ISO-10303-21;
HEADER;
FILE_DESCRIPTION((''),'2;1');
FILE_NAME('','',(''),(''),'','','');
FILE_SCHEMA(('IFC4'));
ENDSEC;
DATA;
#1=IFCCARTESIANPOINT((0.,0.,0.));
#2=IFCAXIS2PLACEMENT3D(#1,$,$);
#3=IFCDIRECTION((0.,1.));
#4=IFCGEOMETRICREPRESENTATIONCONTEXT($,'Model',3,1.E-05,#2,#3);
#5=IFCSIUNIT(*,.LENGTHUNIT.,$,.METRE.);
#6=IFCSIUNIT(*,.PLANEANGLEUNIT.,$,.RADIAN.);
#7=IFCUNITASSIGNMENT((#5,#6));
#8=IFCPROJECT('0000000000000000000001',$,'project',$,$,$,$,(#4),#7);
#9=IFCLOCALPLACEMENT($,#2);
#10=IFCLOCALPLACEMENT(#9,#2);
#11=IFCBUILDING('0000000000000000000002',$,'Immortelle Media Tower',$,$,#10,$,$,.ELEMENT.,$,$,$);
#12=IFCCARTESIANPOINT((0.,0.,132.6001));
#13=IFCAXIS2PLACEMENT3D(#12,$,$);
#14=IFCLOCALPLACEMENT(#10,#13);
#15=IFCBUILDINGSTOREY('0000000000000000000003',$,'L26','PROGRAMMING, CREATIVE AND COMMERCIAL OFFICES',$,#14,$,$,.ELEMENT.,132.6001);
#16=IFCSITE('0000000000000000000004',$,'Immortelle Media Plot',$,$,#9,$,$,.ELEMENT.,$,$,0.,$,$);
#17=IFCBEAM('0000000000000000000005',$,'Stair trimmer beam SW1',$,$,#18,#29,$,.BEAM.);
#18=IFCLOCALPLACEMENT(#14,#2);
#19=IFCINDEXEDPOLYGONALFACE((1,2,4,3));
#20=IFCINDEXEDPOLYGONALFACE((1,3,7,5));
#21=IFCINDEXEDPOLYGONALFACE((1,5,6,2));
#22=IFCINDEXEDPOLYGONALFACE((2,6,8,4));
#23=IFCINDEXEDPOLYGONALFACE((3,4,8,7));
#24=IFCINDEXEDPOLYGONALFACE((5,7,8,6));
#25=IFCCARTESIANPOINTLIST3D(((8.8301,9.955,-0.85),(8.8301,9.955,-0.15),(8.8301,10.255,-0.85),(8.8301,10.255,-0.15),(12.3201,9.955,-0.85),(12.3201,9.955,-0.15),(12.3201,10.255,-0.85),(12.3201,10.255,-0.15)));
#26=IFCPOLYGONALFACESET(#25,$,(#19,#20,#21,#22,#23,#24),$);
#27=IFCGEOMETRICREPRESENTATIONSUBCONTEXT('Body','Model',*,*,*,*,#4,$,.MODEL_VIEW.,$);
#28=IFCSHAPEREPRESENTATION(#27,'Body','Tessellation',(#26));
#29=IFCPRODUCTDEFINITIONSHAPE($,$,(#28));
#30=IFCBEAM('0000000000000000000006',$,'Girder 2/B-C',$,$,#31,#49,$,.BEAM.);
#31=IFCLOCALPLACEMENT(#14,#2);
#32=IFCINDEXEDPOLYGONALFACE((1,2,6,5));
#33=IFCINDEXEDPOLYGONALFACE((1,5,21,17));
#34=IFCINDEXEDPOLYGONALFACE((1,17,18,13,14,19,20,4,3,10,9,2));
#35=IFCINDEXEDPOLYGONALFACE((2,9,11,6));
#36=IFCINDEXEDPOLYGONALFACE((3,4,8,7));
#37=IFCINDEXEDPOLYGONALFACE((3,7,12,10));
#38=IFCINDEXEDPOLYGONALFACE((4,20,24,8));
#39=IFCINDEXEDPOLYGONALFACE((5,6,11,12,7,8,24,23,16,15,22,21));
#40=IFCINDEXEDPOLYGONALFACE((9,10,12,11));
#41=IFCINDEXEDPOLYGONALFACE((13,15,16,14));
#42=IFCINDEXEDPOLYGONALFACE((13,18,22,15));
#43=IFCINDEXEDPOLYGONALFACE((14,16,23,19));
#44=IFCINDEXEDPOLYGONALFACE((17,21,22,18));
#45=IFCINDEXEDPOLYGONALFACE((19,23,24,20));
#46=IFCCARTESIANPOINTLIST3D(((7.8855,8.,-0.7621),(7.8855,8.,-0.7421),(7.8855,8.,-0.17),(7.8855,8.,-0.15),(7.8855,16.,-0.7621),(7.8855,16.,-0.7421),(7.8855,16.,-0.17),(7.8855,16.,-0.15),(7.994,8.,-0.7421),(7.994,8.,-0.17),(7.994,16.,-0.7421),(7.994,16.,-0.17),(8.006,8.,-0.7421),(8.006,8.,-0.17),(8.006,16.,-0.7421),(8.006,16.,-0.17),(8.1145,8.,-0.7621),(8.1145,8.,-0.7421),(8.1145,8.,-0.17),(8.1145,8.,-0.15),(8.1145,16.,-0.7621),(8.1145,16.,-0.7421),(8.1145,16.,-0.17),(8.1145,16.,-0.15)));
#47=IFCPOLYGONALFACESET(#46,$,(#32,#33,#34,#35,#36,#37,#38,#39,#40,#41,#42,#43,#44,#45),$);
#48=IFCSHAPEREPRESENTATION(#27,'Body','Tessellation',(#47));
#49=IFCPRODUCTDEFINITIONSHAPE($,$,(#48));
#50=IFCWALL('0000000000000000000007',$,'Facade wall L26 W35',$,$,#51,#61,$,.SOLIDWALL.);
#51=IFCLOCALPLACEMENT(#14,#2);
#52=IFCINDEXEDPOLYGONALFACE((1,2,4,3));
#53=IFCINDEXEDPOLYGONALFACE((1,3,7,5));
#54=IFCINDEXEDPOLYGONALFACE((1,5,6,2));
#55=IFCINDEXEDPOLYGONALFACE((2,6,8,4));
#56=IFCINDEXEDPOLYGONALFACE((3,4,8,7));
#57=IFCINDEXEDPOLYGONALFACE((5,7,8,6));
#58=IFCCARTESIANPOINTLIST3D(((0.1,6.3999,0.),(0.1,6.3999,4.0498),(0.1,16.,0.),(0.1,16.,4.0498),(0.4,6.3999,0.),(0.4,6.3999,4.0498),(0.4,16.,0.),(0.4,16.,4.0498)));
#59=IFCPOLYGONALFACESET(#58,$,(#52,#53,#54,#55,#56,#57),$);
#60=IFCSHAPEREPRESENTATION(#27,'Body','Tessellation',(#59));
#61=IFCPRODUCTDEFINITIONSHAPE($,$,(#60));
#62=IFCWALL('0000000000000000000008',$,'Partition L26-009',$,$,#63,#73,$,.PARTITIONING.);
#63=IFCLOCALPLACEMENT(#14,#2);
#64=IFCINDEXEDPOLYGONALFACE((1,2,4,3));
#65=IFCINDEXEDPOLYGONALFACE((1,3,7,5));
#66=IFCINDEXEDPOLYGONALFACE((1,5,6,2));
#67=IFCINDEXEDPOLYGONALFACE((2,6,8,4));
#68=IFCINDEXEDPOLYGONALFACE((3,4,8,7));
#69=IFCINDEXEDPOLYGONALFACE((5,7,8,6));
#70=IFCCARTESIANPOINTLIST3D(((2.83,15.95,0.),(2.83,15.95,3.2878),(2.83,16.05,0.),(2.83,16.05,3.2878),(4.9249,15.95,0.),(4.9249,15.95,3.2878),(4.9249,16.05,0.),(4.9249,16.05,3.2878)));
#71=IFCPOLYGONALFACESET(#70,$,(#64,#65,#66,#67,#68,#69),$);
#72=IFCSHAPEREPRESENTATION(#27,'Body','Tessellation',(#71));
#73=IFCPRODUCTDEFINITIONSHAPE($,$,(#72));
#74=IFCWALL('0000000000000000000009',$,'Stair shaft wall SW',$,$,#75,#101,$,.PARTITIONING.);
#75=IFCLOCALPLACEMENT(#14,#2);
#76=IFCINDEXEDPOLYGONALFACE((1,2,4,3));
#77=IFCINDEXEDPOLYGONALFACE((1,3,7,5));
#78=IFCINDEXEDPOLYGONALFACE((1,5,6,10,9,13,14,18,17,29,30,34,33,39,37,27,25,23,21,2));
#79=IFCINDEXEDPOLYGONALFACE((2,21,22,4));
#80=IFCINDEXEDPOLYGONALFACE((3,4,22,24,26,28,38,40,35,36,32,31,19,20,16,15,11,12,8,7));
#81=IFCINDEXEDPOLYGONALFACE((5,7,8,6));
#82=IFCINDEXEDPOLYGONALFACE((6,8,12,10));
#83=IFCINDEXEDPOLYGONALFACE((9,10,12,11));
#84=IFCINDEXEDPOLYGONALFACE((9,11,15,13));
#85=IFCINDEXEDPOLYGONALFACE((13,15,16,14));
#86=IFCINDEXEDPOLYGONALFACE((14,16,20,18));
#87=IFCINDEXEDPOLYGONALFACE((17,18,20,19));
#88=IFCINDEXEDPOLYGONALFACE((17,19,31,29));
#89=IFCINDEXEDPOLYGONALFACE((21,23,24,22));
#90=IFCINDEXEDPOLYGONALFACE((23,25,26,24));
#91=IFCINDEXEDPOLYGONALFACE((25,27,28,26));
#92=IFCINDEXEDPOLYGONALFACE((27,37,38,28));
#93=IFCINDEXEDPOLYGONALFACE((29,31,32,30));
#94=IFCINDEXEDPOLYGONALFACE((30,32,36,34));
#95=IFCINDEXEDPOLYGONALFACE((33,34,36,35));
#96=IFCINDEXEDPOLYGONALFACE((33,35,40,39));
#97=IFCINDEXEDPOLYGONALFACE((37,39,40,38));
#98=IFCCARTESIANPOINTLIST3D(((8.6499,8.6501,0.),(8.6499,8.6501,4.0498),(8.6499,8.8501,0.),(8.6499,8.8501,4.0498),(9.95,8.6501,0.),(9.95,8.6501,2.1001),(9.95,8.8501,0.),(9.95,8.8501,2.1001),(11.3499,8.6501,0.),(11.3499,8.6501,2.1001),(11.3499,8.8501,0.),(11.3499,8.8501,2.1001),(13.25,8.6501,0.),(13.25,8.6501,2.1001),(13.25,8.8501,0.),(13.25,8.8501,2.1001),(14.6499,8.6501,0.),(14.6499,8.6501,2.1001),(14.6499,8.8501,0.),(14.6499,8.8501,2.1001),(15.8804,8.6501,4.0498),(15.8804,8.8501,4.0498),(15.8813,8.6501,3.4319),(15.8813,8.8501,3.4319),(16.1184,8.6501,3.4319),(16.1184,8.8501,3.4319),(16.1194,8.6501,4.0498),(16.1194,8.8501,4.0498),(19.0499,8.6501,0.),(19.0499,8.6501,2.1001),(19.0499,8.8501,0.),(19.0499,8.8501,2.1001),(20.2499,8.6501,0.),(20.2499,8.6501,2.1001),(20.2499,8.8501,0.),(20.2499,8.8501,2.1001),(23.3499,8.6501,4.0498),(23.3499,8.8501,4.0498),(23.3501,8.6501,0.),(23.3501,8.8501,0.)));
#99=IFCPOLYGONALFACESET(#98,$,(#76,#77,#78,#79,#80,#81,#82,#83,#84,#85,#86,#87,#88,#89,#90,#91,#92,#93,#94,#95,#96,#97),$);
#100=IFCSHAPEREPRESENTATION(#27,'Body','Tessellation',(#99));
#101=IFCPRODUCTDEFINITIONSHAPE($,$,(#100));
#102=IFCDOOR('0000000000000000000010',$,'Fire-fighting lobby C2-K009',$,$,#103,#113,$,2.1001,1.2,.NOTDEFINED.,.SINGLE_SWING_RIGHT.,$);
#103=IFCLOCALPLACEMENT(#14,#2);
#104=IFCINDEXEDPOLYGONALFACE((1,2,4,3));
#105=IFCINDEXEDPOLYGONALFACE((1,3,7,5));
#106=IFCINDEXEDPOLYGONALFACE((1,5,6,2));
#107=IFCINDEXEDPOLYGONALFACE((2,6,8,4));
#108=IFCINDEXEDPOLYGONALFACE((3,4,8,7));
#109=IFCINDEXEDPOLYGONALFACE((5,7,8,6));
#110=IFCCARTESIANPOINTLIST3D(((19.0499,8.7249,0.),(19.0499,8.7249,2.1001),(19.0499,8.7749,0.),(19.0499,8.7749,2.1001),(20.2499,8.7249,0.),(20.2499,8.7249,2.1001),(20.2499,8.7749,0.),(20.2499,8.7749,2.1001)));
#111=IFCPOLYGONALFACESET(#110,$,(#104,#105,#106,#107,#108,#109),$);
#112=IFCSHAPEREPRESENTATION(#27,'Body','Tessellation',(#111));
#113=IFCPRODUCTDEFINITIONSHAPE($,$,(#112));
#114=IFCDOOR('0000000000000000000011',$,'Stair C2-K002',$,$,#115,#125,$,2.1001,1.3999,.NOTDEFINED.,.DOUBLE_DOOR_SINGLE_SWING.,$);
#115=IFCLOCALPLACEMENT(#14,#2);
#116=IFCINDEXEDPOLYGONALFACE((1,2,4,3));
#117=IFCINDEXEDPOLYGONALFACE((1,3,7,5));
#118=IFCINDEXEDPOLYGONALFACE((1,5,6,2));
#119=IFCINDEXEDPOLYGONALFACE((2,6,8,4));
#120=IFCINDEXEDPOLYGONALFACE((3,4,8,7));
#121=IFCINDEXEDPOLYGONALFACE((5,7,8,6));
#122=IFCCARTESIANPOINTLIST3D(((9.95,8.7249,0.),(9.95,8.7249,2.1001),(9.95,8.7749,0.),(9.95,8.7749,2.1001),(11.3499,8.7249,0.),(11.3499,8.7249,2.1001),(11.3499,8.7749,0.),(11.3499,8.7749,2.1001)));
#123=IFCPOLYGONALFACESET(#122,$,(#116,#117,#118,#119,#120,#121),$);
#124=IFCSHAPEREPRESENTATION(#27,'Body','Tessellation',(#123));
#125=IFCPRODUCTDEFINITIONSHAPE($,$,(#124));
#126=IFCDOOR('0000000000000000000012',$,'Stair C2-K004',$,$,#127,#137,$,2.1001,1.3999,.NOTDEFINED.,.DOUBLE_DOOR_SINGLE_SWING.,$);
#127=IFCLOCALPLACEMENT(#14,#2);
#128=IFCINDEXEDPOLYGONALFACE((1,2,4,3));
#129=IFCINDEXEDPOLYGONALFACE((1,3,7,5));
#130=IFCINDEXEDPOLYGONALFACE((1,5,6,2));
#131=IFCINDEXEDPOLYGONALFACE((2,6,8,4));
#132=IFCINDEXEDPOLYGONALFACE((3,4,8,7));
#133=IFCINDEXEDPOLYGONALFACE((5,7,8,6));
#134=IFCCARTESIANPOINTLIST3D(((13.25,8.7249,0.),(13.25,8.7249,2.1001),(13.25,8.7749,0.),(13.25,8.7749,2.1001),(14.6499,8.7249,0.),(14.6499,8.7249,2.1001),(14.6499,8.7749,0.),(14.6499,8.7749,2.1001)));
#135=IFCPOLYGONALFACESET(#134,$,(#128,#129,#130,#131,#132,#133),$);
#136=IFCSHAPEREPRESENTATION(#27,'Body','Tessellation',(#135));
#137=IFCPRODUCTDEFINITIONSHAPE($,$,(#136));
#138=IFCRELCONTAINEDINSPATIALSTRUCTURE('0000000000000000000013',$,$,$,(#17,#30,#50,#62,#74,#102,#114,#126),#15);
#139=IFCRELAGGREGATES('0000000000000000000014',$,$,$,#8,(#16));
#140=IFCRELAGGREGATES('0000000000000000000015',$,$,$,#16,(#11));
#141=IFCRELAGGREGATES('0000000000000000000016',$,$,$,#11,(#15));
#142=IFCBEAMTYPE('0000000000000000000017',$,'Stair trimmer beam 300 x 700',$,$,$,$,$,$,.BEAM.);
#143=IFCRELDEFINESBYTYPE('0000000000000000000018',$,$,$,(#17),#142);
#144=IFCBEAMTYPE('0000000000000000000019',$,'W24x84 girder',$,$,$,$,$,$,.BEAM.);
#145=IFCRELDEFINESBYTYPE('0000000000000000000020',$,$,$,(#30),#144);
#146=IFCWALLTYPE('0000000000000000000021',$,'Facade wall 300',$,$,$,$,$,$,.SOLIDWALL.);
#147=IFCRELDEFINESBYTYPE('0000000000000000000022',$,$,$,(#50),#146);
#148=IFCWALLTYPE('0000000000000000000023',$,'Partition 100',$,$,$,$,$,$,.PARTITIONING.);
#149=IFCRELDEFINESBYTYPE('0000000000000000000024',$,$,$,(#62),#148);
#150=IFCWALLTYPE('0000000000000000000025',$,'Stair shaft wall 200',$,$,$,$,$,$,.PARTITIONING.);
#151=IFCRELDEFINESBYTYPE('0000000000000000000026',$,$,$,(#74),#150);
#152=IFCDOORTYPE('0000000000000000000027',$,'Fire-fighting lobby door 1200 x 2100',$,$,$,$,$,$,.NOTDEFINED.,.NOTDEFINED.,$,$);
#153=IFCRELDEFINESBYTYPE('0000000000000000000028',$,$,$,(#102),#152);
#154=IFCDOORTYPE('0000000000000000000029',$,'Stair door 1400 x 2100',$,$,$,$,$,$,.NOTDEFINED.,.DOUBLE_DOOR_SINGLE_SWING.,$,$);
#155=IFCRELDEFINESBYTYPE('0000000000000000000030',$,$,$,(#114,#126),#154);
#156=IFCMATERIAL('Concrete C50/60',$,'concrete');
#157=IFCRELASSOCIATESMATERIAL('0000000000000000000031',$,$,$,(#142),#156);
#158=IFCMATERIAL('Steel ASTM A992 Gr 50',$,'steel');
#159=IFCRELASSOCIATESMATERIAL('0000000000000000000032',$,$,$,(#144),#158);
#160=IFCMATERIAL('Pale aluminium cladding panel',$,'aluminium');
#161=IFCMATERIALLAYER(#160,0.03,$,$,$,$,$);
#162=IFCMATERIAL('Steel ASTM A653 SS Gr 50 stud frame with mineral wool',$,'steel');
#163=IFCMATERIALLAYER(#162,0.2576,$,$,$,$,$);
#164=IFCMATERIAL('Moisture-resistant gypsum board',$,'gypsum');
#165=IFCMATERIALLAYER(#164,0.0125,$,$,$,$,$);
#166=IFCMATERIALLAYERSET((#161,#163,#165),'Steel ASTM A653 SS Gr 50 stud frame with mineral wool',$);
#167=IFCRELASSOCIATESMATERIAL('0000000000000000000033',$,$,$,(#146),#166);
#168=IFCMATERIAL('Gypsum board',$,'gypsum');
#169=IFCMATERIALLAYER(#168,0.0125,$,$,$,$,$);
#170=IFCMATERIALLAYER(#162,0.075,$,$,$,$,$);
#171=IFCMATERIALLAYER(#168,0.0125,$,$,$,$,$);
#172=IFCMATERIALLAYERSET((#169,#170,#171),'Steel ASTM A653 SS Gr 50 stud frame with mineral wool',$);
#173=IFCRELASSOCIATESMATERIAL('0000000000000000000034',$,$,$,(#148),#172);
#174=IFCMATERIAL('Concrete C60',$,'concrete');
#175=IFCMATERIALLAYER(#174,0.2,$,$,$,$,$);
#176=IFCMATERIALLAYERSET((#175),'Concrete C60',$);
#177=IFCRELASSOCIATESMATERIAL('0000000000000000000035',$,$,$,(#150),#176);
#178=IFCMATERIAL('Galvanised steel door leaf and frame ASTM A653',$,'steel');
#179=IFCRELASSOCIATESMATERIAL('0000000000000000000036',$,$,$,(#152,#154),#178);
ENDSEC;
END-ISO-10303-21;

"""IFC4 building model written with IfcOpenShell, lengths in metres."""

from ifc_helpers import new_model, si_unit, direction, frame, frame_2d, origin, origin_2d, place, context, subcontext, project, spatial, polyline, rectangle, i_section, outline, extrude, material, layer, layer_set, material_profile, profile_set, type_object, element, fill, save


model = new_model("IFC4")

# Units and contexts
model_context = context("Model", 3, precision=1e-05, world=origin(), true_north=direction((0.0, 1.0)))
body_context = subcontext(model_context, "Body", "Model", "MODEL_VIEW")
ifc_project = project(units=[si_unit("LENGTHUNIT", "METRE"), si_unit("PLANEANGLEUNIT", "RADIAN")], contexts=[model_context])

# Site, building, storey
site_placement = place(None, origin())
site = spatial("IfcSite", under=ifc_project, at=site_placement, Name="Immortelle Media Plot", CompositionType="ELEMENT", RefElevation=0.0)
building_placement = place(site_placement, origin())
building = spatial("IfcBuilding", under=site, at=building_placement, Name="Immortelle Media Tower", CompositionType="ELEMENT")
storey_placement = place(building_placement, frame((0.0, 0.0, 132.6001)))
storey = spatial("IfcBuildingStorey", under=building, at=storey_placement, Name="L26", Description="PROGRAMMING, CREATIVE AND COMMERCIAL OFFICES", CompositionType="ELEMENT", Elevation=132.6001)

# Beams
ifc_material_1 = material(Name="Concrete C50/60", Category="concrete")
ifc_material_profile_1 = material_profile(ifc_material_1, rectangle(XDim=0.3, YDim=0.7, at=origin_2d()), Name="RC 300x700")
ifc_profile_set_1 = profile_set([ifc_material_profile_1], Name="Concrete C50/60")
beam_type_1 = type_object("IfcBeamType", Name="Stair trimmer beam 300 x 700", PredefinedType="BEAM", material=ifc_profile_set_1)
beam_1_placement = place(storey_placement, frame((8.8301, 10.105, -0.5), z_axis=(1.0, 0.0, 0.0), x_axis=(0.0, 1.0, 0.0)))
element("IfcBeam", 1, at=beam_1_placement, inside=storey, type_object=beam_type_1, Name="Stair trimmer beam SW1", PredefinedType="BEAM", context=body_context, shape_type="SweptSolid", body=[
    extrude(rectangle(XDim=0.3, YDim=0.7, at=origin_2d()), origin(), (0.0, 0.0, 1.0), 3.49),
])
ifc_material_2 = material(Name="Steel ASTM A992 Gr 50", Category="steel")
ifc_material_profile_2 = material_profile(ifc_material_2, i_section(OverallWidth=0.229, OverallDepth=0.6121, WebThickness=0.012, FlangeThickness=0.02, at=origin_2d()), Name="W24x84")
ifc_profile_set_2 = profile_set([ifc_material_profile_2], Name="Steel ASTM A992 Gr 50")
beam_type_2 = type_object("IfcBeamType", Name="W24x84 girder", PredefinedType="BEAM", material=ifc_profile_set_2)
beam_2_placement = place(storey_placement, frame((8.0, 8.0, -0.4561), z_axis=(0.0, 1.0, 0.0), x_axis=(-1.0, 0.0, 0.0)))
element("IfcBeam", 2, at=beam_2_placement, inside=storey, type_object=beam_type_2, Name="Girder 2/B-C", PredefinedType="BEAM", context=body_context, shape_type="SweptSolid", body=[
    extrude(i_section(OverallWidth=0.229, OverallDepth=0.6121, WebThickness=0.012, FlangeThickness=0.02, at=origin_2d()), origin(), (0.0, 0.0, 1.0), 8.0),
])

# Walls
ifc_material_3 = material(Name="Pale aluminium cladding panel", Category="aluminium")
ifc_layer_1 = layer(ifc_material_3, 0.03)
ifc_material_4 = material(Name="Steel ASTM A653 SS Gr 50 stud frame with mineral wool", Category="steel")
ifc_layer_2 = layer(ifc_material_4, 0.2576)
ifc_material_5 = material(Name="Moisture-resistant gypsum board", Category="gypsum")
ifc_layer_3 = layer(ifc_material_5, 0.0125)
ifc_layer_set_1 = layer_set([ifc_layer_1, ifc_layer_2, ifc_layer_3], Name="Steel ASTM A653 SS Gr 50 stud frame with mineral wool")
wall_type_1 = type_object("IfcWallType", Name="Facade wall 300", PredefinedType="SOLIDWALL", material=ifc_layer_set_1)
wall_1_placement = place(storey_placement, frame((0.25, 16.0, 0.0), z_axis=(0.0, 0.0, 1.0), x_axis=(0.0, -1.0, 0.0)))
element("IfcWall", 3, at=wall_1_placement, inside=storey, type_object=wall_type_1, Name="Facade wall L26 W35", PredefinedType="SOLIDWALL", context=body_context, shape_type="SweptSolid", body=[
    extrude(rectangle(XDim=9.6001, YDim=0.3, at=frame_2d((4.8, 0.0))), origin(), (0.0, 0.0, 1.0), 4.0498),
])
ifc_material_6 = material(Name="Gypsum board", Category="gypsum")
ifc_layer_4 = layer(ifc_material_6, 0.0125)
ifc_layer_5 = layer(ifc_material_4, 0.075)
ifc_layer_6 = layer(ifc_material_6, 0.0125)
ifc_layer_set_2 = layer_set([ifc_layer_4, ifc_layer_5, ifc_layer_6], Name="Steel ASTM A653 SS Gr 50 stud frame with mineral wool")
wall_type_2 = type_object("IfcWallType", Name="Partition 100", PredefinedType="PARTITIONING", material=ifc_layer_set_2)
wall_2_placement = place(storey_placement, frame((2.8301, 16.0, 0.0), z_axis=(0.0, 0.0, 1.0), x_axis=(1.0, 0.0, 0.0)))
element("IfcWall", 4, at=wall_2_placement, inside=storey, type_object=wall_type_2, Name="Partition L26-009", PredefinedType="PARTITIONING", context=body_context, shape_type="SweptSolid", body=[
    extrude(rectangle(XDim=2.095, YDim=0.1001, at=frame_2d((1.0474, 0.0))), origin(), (0.0, 0.0, 1.0), 3.2878),
])

# Wall, openings, doors
ifc_material_7 = material(Name="Concrete C60", Category="concrete")
ifc_layer_7 = layer(ifc_material_7, 0.2)
ifc_layer_set_3 = layer_set([ifc_layer_7], Name="Concrete C60")
wall_type_3 = type_object("IfcWallType", Name="Stair shaft wall 200", PredefinedType="PARTITIONING", material=ifc_layer_set_3)
wall_3_placement = place(storey_placement, frame((8.6499, 8.75, 0.0), z_axis=(0.0, 0.0, 1.0), x_axis=(1.0, 0.0, 0.0)))
wall_3 = element("IfcWall", 5, at=wall_3_placement, inside=storey, type_object=wall_type_3, Name="Stair shaft wall SW", PredefinedType="PARTITIONING", context=body_context, shape_type="SweptSolid", body=[
    extrude(outline(polyline([(0.0, 0.0), (14.7002, 0.0), (14.7, 4.0498), (7.4695, 4.0498), (7.4685, 3.4319), (7.2314, 3.4319), (7.2305, 4.0498), (0.0, 4.0498), (0.0, 0.0)])), frame((0.0, 0.1001, 0.0), z_axis=(0.0, -1.0, 0.0), x_axis=(1.0, 0.0, 0.0)), (0.0, 0.0, 1.0), 0.2),
])
opening_1_placement = place(wall_3_placement, frame((1.3, 0.0, 0.0)))
opening_1 = element("IfcOpeningElement", 6, at=opening_1_placement, cuts=wall_3, PredefinedType="OPENING", context=body_context, shape_type="SweptSolid", body=[
    extrude(rectangle(XDim=1.3999, YDim=2.1001, at=frame_2d((0.7, 1.05))), frame((0.0, 0.1099, 0.0), z_axis=(0.0, -1.0, 0.0), x_axis=(1.0, 0.0, 0.0)), (0.0, 0.0, 1.0), 0.22),
])
opening_2_placement = place(wall_3_placement, frame((4.6001, 0.0, 0.0)))
opening_2 = element("IfcOpeningElement", 7, at=opening_2_placement, cuts=wall_3, PredefinedType="OPENING", context=body_context, shape_type="SweptSolid", body=[
    extrude(rectangle(XDim=1.3999, YDim=2.1001, at=frame_2d((0.7, 1.05))), frame((0.0, 0.1099, 0.0), z_axis=(0.0, -1.0, 0.0), x_axis=(1.0, 0.0, 0.0)), (0.0, 0.0, 1.0), 0.22),
])
opening_3_placement = place(wall_3_placement, frame((10.3999, 0.0, 0.0)))
opening_3 = element("IfcOpeningElement", 8, at=opening_3_placement, cuts=wall_3, PredefinedType="OPENING", context=body_context, shape_type="SweptSolid", body=[
    extrude(rectangle(XDim=1.2, YDim=2.1001, at=frame_2d((0.6001, 1.05))), frame((0.0, 0.1099, 0.0), z_axis=(0.0, -1.0, 0.0), x_axis=(1.0, 0.0, 0.0)), (0.0, 0.0, 1.0), 0.22),
])
ifc_material_8 = material(Name="Galvanised steel door leaf and frame ASTM A653", Category="steel")
door_type_1 = type_object("IfcDoorType", Name="Fire-fighting lobby door 1200 x 2100", OperationType="NOTDEFINED", PredefinedType="NOTDEFINED", material=ifc_material_8)
door_1_placement = place(opening_3_placement, origin())
door_1 = element("IfcDoor", 9, at=door_1_placement, inside=storey, type_object=door_type_1, Name="Fire-fighting lobby C2-K009", OperationType="SINGLE_SWING_RIGHT", OverallHeight=2.1001, OverallWidth=1.2, PredefinedType="NOTDEFINED", context=body_context, shape_type="SweptSolid", body=[
    extrude(rectangle(XDim=1.2, YDim=2.1001, at=frame_2d((0.6001, 1.05))), frame((0.0, 0.0249, 0.0), z_axis=(0.0, -1.0, 0.0), x_axis=(1.0, 0.0, 0.0)), (0.0, 0.0, 1.0), 0.05),
])
fill(opening_3, door_1)
door_type_2 = type_object("IfcDoorType", Name="Stair door 1400 x 2100", OperationType="DOUBLE_DOOR_SINGLE_SWING", PredefinedType="NOTDEFINED", material=ifc_material_8)
door_2_placement = place(opening_1_placement, origin())
door_2 = element("IfcDoor", 10, at=door_2_placement, inside=storey, type_object=door_type_2, Name="Stair C2-K002", OperationType="DOUBLE_DOOR_SINGLE_SWING", OverallHeight=2.1001, OverallWidth=1.3999, PredefinedType="NOTDEFINED", context=body_context, shape_type="SweptSolid", body=[
    extrude(rectangle(XDim=1.3999, YDim=2.1001, at=frame_2d((0.7, 1.05))), frame((0.0, 0.0249, 0.0), z_axis=(0.0, -1.0, 0.0), x_axis=(1.0, 0.0, 0.0)), (0.0, 0.0, 1.0), 0.05),
])
fill(opening_1, door_2)
door_3_placement = place(opening_2_placement, origin())
door_3 = element("IfcDoor", 11, at=door_3_placement, inside=storey, type_object=door_type_2, Name="Stair C2-K004", OperationType="DOUBLE_DOOR_SINGLE_SWING", OverallHeight=2.1001, OverallWidth=1.3999, PredefinedType="NOTDEFINED", context=body_context, shape_type="SweptSolid", body=[
    extrude(rectangle(XDim=1.3999, YDim=2.1001, at=frame_2d((0.7, 1.05))), frame((0.0, 0.0249, 0.0), z_axis=(0.0, -1.0, 0.0), x_axis=(1.0, 0.0, 0.0)), (0.0, 0.0, 1.0), 0.05),
])
fill(opening_2, door_3)

save(model, "model.ifc")
